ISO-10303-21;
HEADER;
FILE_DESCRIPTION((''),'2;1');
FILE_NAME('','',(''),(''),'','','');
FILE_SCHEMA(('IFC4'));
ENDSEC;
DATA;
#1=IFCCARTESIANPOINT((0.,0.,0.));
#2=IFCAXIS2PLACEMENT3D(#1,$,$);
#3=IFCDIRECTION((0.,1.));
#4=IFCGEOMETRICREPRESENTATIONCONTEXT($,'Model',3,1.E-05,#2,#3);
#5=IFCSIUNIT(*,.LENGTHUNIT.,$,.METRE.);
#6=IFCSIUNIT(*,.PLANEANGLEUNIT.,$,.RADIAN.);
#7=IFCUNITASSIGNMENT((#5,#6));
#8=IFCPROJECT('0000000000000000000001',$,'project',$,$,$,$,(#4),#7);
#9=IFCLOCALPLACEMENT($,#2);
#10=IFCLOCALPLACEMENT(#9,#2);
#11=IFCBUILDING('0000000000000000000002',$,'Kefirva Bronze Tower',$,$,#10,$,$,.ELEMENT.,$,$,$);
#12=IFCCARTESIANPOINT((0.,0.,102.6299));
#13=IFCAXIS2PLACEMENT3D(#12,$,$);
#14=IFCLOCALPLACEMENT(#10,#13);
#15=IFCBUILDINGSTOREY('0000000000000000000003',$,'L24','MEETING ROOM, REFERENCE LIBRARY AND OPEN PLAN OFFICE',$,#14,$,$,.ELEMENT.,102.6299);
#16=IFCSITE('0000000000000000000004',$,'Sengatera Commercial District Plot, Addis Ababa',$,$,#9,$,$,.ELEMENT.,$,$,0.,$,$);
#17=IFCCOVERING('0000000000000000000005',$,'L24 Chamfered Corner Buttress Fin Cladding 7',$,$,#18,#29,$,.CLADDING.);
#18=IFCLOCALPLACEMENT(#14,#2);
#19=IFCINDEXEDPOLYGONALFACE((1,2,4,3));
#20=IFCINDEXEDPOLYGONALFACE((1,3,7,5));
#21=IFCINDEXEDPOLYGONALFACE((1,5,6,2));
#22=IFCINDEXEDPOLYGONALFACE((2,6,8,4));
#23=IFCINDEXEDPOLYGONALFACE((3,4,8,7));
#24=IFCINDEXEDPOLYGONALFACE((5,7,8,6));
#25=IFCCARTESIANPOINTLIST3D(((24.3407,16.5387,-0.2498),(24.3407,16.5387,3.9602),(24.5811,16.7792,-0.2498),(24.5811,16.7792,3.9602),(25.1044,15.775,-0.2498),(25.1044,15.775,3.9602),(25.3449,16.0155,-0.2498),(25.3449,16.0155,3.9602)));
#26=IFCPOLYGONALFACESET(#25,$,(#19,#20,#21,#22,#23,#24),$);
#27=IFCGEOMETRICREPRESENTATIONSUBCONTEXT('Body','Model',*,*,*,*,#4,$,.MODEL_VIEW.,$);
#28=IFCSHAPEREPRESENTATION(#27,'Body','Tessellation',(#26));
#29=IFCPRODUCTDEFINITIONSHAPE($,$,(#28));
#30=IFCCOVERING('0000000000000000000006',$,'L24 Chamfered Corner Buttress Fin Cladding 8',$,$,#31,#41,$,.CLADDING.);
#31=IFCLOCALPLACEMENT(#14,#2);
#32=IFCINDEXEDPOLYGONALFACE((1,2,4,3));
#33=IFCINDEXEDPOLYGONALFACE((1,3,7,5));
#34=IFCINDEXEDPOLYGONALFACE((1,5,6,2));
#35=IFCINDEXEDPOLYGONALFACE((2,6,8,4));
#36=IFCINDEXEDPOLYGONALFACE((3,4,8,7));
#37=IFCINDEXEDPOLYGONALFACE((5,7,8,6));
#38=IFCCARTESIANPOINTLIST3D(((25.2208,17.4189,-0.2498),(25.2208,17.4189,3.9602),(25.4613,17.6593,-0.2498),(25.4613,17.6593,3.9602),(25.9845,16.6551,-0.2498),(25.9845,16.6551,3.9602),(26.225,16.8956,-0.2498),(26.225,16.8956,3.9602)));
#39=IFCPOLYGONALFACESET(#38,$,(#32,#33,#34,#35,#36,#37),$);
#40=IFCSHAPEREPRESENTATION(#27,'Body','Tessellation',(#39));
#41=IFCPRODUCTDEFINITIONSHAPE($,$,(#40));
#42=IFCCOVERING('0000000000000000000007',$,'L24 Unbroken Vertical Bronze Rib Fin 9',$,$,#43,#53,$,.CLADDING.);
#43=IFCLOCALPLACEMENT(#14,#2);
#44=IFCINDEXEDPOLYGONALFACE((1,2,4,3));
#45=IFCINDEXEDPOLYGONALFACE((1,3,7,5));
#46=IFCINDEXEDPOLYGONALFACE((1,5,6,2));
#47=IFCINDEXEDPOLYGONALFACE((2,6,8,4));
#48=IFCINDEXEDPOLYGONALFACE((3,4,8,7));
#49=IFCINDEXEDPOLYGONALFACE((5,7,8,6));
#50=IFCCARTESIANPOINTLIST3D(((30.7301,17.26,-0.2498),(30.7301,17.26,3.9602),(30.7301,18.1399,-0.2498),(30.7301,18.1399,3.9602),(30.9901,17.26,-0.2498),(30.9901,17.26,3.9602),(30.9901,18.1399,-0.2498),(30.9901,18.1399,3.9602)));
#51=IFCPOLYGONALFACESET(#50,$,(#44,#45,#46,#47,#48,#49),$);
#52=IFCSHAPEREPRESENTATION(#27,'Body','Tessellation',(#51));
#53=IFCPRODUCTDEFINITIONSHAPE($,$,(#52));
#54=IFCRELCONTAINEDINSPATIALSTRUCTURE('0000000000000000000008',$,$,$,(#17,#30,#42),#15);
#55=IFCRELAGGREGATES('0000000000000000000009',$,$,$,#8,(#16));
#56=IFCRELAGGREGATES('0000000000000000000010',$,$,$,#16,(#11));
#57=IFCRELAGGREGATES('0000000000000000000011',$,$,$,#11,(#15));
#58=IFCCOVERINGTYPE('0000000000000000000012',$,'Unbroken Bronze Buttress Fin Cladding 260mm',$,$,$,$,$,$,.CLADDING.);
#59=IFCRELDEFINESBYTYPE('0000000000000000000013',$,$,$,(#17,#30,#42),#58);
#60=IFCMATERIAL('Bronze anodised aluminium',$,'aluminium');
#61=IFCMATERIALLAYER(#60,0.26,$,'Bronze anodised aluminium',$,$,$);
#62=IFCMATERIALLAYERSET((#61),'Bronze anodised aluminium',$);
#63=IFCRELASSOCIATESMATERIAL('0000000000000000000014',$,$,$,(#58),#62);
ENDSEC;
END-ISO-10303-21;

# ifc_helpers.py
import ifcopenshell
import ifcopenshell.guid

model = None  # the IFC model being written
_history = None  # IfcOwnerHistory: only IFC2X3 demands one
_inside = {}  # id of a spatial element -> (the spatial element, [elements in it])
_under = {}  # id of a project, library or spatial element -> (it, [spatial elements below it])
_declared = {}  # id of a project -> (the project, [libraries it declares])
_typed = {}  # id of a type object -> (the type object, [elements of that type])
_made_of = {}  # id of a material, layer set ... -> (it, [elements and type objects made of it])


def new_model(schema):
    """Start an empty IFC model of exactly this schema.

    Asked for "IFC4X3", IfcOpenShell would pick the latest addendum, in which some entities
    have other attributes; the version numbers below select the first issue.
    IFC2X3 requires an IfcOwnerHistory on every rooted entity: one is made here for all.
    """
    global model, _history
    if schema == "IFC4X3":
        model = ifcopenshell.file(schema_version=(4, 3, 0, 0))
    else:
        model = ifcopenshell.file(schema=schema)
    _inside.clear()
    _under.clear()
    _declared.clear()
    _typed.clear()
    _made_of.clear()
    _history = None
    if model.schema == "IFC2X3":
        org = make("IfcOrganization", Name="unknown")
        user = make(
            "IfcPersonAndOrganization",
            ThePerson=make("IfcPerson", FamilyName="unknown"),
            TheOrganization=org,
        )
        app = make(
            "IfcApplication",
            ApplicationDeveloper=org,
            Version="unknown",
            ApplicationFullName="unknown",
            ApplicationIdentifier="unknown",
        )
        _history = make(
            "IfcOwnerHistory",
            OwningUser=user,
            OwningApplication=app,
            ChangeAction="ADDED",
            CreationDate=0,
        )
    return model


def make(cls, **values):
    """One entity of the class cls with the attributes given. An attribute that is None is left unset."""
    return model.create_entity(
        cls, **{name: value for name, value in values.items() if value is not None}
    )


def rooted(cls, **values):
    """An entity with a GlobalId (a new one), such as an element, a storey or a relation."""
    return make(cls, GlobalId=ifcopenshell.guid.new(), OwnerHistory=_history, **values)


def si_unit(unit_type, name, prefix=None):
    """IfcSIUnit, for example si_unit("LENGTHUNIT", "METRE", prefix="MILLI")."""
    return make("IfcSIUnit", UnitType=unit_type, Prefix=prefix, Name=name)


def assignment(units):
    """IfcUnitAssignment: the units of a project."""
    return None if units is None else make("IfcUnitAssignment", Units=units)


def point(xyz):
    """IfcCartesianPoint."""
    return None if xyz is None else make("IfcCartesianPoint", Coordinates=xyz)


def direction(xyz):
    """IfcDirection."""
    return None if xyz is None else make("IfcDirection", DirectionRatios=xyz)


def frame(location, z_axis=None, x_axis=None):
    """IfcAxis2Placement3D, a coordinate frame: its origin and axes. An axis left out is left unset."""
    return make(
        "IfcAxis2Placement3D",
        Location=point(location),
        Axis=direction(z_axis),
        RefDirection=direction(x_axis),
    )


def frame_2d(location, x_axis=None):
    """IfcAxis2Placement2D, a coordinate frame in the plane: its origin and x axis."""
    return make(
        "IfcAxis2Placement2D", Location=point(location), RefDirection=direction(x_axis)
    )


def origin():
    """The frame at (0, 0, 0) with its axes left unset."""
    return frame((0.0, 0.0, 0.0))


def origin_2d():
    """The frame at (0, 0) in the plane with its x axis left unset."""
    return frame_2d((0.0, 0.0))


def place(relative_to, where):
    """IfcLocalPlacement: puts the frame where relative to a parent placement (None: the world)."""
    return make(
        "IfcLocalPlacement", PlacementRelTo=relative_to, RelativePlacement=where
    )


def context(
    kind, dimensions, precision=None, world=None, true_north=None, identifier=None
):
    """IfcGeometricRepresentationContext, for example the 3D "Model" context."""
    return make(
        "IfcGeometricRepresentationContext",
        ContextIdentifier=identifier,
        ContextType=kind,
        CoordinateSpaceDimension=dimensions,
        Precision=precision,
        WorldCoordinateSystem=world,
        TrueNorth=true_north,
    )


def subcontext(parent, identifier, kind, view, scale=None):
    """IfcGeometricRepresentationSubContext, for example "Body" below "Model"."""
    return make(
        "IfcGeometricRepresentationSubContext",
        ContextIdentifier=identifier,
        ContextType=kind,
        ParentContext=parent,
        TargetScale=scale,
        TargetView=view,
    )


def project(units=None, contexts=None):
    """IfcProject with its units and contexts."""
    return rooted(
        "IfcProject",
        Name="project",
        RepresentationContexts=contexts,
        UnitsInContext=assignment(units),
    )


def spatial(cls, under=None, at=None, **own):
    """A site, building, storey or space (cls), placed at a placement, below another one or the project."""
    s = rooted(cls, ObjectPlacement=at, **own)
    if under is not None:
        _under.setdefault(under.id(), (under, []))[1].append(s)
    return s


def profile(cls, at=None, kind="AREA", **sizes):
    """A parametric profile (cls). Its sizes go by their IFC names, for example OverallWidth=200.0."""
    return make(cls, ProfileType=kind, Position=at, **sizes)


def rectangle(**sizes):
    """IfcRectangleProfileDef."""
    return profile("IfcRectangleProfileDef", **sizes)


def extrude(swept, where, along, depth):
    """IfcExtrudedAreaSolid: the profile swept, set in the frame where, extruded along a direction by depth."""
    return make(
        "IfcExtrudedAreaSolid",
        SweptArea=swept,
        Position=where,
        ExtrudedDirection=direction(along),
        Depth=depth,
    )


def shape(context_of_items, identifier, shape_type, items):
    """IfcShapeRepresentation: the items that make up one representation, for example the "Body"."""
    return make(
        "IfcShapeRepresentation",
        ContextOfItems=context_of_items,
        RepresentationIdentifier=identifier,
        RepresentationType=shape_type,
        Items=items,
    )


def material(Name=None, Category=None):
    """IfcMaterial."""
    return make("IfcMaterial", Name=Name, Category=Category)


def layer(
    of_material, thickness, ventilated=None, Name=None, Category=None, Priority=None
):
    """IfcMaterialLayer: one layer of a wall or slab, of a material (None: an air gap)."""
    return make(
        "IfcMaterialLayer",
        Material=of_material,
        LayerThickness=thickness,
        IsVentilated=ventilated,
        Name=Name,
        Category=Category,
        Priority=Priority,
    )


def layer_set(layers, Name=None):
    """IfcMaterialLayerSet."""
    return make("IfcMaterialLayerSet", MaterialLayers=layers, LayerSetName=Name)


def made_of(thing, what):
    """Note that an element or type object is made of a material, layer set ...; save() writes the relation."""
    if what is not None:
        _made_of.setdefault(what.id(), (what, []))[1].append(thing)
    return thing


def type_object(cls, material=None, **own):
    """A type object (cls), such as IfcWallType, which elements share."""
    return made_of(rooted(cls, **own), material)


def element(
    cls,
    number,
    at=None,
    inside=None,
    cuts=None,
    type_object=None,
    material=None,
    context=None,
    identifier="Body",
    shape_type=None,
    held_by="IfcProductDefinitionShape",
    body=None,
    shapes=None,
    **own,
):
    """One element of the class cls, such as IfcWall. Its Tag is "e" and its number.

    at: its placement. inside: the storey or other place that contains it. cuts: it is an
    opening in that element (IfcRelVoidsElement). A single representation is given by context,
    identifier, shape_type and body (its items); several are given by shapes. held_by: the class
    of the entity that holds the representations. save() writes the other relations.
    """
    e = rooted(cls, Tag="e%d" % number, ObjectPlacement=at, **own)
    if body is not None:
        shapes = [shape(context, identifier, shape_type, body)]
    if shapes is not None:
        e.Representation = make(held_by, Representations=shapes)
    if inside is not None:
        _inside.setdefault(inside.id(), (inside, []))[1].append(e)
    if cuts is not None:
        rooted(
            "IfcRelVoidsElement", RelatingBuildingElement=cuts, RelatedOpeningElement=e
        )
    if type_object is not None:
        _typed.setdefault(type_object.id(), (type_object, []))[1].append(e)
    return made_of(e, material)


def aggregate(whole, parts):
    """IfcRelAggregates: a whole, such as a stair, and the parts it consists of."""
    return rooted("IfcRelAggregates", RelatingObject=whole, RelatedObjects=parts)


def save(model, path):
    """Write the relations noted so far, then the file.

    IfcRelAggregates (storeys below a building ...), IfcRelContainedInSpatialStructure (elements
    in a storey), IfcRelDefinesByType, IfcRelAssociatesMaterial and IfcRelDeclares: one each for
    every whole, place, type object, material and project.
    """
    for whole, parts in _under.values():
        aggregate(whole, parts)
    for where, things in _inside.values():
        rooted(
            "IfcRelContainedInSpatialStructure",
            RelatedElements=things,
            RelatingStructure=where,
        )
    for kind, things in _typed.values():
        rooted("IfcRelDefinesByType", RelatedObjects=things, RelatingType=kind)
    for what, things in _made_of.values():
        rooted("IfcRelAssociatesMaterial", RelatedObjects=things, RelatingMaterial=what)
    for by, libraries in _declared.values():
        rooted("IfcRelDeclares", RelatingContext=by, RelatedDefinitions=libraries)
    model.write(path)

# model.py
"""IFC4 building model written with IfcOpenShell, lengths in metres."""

from ifc_helpers import new_model, si_unit, direction, frame, origin, origin_2d, place, context, subcontext, project, spatial, rectangle, extrude, material, layer, layer_set, type_object, element, save


model = new_model("IFC4")

# Units and contexts
model_context = context("Model", 3, precision=1e-05, world=origin(), true_north=direction((0.0, 1.0)))
body_context = subcontext(model_context, "Body", "Model", "MODEL_VIEW")
ifc_project = project(units=[si_unit("LENGTHUNIT", "METRE"), si_unit("PLANEANGLEUNIT", "RADIAN")], contexts=[model_context])

# Site, building, storey
site_placement = place(None, origin())
site = spatial("IfcSite", under=ifc_project, at=site_placement, Name="Sengatera Commercial District Plot, Addis Ababa", CompositionType="ELEMENT", RefElevation=0.0)
building_placement = place(site_placement, origin())
building = spatial("IfcBuilding", under=site, at=building_placement, Name="Kefirva Bronze Tower", CompositionType="ELEMENT")
storey_placement = place(building_placement, frame((0.0, 0.0, 102.6299)))
storey = spatial("IfcBuildingStorey", under=building, at=storey_placement, Name="L24", Description="MEETING ROOM, REFERENCE LIBRARY AND OPEN PLAN OFFICE", CompositionType="ELEMENT", Elevation=102.6299)

# Shared definitions
ifc_material_1 = material(Name="Bronze anodised aluminium", Category="aluminium")

# Coverings
ifc_layer_1 = layer(ifc_material_1, 0.26, Name="Bronze anodised aluminium")
ifc_layer_set_1 = layer_set([ifc_layer_1], Name="Bronze anodised aluminium")
covering_type_1 = type_object("IfcCoveringType", Name="Unbroken Bronze Buttress Fin Cladding 260mm", PredefinedType="CLADDING", material=ifc_layer_set_1)
for number, where, z_axis, x_axis, name in (
    (1, (24.8428, 16.2771, -0.2498), (0.0, 0.0, 1.0), (0.707107, 0.707107, 0.0), "L24 Chamfered Corner Buttress Fin Cladding 7"),
    (2, (25.7229, 17.1572, -0.2498), (0.0, 0.0, 1.0), (0.707107, 0.707107, 0.0), "L24 Chamfered Corner Buttress Fin Cladding 8"),
):
    element("IfcCovering", number, at=place(storey_placement, frame(where, z_axis=z_axis, x_axis=x_axis)), inside=storey, type_object=covering_type_1, Name=name, PredefinedType="CLADDING", context=body_context, shape_type="SweptSolid", body=[
        extrude(rectangle(XDim=0.3401, YDim=1.0801, at=origin_2d()), origin(), (0.0, 0.0, 1.0), 4.21),
    ])
covering_1_placement = place(storey_placement, frame((30.8601, 17.7, -0.2498), z_axis=(0.0, 0.0, 1.0), x_axis=(1.0, 0.0, 0.0)))
element("IfcCovering", 3, at=covering_1_placement, inside=storey, type_object=covering_type_1, Name="L24 Unbroken Vertical Bronze Rib Fin 9", PredefinedType="CLADDING", context=body_context, shape_type="SweptSolid", body=[
    extrude(rectangle(XDim=0.26, YDim=0.8799, at=origin_2d()), origin(), (0.0, 0.0, 1.0), 4.21),
])

save(model, "model.ifc")
